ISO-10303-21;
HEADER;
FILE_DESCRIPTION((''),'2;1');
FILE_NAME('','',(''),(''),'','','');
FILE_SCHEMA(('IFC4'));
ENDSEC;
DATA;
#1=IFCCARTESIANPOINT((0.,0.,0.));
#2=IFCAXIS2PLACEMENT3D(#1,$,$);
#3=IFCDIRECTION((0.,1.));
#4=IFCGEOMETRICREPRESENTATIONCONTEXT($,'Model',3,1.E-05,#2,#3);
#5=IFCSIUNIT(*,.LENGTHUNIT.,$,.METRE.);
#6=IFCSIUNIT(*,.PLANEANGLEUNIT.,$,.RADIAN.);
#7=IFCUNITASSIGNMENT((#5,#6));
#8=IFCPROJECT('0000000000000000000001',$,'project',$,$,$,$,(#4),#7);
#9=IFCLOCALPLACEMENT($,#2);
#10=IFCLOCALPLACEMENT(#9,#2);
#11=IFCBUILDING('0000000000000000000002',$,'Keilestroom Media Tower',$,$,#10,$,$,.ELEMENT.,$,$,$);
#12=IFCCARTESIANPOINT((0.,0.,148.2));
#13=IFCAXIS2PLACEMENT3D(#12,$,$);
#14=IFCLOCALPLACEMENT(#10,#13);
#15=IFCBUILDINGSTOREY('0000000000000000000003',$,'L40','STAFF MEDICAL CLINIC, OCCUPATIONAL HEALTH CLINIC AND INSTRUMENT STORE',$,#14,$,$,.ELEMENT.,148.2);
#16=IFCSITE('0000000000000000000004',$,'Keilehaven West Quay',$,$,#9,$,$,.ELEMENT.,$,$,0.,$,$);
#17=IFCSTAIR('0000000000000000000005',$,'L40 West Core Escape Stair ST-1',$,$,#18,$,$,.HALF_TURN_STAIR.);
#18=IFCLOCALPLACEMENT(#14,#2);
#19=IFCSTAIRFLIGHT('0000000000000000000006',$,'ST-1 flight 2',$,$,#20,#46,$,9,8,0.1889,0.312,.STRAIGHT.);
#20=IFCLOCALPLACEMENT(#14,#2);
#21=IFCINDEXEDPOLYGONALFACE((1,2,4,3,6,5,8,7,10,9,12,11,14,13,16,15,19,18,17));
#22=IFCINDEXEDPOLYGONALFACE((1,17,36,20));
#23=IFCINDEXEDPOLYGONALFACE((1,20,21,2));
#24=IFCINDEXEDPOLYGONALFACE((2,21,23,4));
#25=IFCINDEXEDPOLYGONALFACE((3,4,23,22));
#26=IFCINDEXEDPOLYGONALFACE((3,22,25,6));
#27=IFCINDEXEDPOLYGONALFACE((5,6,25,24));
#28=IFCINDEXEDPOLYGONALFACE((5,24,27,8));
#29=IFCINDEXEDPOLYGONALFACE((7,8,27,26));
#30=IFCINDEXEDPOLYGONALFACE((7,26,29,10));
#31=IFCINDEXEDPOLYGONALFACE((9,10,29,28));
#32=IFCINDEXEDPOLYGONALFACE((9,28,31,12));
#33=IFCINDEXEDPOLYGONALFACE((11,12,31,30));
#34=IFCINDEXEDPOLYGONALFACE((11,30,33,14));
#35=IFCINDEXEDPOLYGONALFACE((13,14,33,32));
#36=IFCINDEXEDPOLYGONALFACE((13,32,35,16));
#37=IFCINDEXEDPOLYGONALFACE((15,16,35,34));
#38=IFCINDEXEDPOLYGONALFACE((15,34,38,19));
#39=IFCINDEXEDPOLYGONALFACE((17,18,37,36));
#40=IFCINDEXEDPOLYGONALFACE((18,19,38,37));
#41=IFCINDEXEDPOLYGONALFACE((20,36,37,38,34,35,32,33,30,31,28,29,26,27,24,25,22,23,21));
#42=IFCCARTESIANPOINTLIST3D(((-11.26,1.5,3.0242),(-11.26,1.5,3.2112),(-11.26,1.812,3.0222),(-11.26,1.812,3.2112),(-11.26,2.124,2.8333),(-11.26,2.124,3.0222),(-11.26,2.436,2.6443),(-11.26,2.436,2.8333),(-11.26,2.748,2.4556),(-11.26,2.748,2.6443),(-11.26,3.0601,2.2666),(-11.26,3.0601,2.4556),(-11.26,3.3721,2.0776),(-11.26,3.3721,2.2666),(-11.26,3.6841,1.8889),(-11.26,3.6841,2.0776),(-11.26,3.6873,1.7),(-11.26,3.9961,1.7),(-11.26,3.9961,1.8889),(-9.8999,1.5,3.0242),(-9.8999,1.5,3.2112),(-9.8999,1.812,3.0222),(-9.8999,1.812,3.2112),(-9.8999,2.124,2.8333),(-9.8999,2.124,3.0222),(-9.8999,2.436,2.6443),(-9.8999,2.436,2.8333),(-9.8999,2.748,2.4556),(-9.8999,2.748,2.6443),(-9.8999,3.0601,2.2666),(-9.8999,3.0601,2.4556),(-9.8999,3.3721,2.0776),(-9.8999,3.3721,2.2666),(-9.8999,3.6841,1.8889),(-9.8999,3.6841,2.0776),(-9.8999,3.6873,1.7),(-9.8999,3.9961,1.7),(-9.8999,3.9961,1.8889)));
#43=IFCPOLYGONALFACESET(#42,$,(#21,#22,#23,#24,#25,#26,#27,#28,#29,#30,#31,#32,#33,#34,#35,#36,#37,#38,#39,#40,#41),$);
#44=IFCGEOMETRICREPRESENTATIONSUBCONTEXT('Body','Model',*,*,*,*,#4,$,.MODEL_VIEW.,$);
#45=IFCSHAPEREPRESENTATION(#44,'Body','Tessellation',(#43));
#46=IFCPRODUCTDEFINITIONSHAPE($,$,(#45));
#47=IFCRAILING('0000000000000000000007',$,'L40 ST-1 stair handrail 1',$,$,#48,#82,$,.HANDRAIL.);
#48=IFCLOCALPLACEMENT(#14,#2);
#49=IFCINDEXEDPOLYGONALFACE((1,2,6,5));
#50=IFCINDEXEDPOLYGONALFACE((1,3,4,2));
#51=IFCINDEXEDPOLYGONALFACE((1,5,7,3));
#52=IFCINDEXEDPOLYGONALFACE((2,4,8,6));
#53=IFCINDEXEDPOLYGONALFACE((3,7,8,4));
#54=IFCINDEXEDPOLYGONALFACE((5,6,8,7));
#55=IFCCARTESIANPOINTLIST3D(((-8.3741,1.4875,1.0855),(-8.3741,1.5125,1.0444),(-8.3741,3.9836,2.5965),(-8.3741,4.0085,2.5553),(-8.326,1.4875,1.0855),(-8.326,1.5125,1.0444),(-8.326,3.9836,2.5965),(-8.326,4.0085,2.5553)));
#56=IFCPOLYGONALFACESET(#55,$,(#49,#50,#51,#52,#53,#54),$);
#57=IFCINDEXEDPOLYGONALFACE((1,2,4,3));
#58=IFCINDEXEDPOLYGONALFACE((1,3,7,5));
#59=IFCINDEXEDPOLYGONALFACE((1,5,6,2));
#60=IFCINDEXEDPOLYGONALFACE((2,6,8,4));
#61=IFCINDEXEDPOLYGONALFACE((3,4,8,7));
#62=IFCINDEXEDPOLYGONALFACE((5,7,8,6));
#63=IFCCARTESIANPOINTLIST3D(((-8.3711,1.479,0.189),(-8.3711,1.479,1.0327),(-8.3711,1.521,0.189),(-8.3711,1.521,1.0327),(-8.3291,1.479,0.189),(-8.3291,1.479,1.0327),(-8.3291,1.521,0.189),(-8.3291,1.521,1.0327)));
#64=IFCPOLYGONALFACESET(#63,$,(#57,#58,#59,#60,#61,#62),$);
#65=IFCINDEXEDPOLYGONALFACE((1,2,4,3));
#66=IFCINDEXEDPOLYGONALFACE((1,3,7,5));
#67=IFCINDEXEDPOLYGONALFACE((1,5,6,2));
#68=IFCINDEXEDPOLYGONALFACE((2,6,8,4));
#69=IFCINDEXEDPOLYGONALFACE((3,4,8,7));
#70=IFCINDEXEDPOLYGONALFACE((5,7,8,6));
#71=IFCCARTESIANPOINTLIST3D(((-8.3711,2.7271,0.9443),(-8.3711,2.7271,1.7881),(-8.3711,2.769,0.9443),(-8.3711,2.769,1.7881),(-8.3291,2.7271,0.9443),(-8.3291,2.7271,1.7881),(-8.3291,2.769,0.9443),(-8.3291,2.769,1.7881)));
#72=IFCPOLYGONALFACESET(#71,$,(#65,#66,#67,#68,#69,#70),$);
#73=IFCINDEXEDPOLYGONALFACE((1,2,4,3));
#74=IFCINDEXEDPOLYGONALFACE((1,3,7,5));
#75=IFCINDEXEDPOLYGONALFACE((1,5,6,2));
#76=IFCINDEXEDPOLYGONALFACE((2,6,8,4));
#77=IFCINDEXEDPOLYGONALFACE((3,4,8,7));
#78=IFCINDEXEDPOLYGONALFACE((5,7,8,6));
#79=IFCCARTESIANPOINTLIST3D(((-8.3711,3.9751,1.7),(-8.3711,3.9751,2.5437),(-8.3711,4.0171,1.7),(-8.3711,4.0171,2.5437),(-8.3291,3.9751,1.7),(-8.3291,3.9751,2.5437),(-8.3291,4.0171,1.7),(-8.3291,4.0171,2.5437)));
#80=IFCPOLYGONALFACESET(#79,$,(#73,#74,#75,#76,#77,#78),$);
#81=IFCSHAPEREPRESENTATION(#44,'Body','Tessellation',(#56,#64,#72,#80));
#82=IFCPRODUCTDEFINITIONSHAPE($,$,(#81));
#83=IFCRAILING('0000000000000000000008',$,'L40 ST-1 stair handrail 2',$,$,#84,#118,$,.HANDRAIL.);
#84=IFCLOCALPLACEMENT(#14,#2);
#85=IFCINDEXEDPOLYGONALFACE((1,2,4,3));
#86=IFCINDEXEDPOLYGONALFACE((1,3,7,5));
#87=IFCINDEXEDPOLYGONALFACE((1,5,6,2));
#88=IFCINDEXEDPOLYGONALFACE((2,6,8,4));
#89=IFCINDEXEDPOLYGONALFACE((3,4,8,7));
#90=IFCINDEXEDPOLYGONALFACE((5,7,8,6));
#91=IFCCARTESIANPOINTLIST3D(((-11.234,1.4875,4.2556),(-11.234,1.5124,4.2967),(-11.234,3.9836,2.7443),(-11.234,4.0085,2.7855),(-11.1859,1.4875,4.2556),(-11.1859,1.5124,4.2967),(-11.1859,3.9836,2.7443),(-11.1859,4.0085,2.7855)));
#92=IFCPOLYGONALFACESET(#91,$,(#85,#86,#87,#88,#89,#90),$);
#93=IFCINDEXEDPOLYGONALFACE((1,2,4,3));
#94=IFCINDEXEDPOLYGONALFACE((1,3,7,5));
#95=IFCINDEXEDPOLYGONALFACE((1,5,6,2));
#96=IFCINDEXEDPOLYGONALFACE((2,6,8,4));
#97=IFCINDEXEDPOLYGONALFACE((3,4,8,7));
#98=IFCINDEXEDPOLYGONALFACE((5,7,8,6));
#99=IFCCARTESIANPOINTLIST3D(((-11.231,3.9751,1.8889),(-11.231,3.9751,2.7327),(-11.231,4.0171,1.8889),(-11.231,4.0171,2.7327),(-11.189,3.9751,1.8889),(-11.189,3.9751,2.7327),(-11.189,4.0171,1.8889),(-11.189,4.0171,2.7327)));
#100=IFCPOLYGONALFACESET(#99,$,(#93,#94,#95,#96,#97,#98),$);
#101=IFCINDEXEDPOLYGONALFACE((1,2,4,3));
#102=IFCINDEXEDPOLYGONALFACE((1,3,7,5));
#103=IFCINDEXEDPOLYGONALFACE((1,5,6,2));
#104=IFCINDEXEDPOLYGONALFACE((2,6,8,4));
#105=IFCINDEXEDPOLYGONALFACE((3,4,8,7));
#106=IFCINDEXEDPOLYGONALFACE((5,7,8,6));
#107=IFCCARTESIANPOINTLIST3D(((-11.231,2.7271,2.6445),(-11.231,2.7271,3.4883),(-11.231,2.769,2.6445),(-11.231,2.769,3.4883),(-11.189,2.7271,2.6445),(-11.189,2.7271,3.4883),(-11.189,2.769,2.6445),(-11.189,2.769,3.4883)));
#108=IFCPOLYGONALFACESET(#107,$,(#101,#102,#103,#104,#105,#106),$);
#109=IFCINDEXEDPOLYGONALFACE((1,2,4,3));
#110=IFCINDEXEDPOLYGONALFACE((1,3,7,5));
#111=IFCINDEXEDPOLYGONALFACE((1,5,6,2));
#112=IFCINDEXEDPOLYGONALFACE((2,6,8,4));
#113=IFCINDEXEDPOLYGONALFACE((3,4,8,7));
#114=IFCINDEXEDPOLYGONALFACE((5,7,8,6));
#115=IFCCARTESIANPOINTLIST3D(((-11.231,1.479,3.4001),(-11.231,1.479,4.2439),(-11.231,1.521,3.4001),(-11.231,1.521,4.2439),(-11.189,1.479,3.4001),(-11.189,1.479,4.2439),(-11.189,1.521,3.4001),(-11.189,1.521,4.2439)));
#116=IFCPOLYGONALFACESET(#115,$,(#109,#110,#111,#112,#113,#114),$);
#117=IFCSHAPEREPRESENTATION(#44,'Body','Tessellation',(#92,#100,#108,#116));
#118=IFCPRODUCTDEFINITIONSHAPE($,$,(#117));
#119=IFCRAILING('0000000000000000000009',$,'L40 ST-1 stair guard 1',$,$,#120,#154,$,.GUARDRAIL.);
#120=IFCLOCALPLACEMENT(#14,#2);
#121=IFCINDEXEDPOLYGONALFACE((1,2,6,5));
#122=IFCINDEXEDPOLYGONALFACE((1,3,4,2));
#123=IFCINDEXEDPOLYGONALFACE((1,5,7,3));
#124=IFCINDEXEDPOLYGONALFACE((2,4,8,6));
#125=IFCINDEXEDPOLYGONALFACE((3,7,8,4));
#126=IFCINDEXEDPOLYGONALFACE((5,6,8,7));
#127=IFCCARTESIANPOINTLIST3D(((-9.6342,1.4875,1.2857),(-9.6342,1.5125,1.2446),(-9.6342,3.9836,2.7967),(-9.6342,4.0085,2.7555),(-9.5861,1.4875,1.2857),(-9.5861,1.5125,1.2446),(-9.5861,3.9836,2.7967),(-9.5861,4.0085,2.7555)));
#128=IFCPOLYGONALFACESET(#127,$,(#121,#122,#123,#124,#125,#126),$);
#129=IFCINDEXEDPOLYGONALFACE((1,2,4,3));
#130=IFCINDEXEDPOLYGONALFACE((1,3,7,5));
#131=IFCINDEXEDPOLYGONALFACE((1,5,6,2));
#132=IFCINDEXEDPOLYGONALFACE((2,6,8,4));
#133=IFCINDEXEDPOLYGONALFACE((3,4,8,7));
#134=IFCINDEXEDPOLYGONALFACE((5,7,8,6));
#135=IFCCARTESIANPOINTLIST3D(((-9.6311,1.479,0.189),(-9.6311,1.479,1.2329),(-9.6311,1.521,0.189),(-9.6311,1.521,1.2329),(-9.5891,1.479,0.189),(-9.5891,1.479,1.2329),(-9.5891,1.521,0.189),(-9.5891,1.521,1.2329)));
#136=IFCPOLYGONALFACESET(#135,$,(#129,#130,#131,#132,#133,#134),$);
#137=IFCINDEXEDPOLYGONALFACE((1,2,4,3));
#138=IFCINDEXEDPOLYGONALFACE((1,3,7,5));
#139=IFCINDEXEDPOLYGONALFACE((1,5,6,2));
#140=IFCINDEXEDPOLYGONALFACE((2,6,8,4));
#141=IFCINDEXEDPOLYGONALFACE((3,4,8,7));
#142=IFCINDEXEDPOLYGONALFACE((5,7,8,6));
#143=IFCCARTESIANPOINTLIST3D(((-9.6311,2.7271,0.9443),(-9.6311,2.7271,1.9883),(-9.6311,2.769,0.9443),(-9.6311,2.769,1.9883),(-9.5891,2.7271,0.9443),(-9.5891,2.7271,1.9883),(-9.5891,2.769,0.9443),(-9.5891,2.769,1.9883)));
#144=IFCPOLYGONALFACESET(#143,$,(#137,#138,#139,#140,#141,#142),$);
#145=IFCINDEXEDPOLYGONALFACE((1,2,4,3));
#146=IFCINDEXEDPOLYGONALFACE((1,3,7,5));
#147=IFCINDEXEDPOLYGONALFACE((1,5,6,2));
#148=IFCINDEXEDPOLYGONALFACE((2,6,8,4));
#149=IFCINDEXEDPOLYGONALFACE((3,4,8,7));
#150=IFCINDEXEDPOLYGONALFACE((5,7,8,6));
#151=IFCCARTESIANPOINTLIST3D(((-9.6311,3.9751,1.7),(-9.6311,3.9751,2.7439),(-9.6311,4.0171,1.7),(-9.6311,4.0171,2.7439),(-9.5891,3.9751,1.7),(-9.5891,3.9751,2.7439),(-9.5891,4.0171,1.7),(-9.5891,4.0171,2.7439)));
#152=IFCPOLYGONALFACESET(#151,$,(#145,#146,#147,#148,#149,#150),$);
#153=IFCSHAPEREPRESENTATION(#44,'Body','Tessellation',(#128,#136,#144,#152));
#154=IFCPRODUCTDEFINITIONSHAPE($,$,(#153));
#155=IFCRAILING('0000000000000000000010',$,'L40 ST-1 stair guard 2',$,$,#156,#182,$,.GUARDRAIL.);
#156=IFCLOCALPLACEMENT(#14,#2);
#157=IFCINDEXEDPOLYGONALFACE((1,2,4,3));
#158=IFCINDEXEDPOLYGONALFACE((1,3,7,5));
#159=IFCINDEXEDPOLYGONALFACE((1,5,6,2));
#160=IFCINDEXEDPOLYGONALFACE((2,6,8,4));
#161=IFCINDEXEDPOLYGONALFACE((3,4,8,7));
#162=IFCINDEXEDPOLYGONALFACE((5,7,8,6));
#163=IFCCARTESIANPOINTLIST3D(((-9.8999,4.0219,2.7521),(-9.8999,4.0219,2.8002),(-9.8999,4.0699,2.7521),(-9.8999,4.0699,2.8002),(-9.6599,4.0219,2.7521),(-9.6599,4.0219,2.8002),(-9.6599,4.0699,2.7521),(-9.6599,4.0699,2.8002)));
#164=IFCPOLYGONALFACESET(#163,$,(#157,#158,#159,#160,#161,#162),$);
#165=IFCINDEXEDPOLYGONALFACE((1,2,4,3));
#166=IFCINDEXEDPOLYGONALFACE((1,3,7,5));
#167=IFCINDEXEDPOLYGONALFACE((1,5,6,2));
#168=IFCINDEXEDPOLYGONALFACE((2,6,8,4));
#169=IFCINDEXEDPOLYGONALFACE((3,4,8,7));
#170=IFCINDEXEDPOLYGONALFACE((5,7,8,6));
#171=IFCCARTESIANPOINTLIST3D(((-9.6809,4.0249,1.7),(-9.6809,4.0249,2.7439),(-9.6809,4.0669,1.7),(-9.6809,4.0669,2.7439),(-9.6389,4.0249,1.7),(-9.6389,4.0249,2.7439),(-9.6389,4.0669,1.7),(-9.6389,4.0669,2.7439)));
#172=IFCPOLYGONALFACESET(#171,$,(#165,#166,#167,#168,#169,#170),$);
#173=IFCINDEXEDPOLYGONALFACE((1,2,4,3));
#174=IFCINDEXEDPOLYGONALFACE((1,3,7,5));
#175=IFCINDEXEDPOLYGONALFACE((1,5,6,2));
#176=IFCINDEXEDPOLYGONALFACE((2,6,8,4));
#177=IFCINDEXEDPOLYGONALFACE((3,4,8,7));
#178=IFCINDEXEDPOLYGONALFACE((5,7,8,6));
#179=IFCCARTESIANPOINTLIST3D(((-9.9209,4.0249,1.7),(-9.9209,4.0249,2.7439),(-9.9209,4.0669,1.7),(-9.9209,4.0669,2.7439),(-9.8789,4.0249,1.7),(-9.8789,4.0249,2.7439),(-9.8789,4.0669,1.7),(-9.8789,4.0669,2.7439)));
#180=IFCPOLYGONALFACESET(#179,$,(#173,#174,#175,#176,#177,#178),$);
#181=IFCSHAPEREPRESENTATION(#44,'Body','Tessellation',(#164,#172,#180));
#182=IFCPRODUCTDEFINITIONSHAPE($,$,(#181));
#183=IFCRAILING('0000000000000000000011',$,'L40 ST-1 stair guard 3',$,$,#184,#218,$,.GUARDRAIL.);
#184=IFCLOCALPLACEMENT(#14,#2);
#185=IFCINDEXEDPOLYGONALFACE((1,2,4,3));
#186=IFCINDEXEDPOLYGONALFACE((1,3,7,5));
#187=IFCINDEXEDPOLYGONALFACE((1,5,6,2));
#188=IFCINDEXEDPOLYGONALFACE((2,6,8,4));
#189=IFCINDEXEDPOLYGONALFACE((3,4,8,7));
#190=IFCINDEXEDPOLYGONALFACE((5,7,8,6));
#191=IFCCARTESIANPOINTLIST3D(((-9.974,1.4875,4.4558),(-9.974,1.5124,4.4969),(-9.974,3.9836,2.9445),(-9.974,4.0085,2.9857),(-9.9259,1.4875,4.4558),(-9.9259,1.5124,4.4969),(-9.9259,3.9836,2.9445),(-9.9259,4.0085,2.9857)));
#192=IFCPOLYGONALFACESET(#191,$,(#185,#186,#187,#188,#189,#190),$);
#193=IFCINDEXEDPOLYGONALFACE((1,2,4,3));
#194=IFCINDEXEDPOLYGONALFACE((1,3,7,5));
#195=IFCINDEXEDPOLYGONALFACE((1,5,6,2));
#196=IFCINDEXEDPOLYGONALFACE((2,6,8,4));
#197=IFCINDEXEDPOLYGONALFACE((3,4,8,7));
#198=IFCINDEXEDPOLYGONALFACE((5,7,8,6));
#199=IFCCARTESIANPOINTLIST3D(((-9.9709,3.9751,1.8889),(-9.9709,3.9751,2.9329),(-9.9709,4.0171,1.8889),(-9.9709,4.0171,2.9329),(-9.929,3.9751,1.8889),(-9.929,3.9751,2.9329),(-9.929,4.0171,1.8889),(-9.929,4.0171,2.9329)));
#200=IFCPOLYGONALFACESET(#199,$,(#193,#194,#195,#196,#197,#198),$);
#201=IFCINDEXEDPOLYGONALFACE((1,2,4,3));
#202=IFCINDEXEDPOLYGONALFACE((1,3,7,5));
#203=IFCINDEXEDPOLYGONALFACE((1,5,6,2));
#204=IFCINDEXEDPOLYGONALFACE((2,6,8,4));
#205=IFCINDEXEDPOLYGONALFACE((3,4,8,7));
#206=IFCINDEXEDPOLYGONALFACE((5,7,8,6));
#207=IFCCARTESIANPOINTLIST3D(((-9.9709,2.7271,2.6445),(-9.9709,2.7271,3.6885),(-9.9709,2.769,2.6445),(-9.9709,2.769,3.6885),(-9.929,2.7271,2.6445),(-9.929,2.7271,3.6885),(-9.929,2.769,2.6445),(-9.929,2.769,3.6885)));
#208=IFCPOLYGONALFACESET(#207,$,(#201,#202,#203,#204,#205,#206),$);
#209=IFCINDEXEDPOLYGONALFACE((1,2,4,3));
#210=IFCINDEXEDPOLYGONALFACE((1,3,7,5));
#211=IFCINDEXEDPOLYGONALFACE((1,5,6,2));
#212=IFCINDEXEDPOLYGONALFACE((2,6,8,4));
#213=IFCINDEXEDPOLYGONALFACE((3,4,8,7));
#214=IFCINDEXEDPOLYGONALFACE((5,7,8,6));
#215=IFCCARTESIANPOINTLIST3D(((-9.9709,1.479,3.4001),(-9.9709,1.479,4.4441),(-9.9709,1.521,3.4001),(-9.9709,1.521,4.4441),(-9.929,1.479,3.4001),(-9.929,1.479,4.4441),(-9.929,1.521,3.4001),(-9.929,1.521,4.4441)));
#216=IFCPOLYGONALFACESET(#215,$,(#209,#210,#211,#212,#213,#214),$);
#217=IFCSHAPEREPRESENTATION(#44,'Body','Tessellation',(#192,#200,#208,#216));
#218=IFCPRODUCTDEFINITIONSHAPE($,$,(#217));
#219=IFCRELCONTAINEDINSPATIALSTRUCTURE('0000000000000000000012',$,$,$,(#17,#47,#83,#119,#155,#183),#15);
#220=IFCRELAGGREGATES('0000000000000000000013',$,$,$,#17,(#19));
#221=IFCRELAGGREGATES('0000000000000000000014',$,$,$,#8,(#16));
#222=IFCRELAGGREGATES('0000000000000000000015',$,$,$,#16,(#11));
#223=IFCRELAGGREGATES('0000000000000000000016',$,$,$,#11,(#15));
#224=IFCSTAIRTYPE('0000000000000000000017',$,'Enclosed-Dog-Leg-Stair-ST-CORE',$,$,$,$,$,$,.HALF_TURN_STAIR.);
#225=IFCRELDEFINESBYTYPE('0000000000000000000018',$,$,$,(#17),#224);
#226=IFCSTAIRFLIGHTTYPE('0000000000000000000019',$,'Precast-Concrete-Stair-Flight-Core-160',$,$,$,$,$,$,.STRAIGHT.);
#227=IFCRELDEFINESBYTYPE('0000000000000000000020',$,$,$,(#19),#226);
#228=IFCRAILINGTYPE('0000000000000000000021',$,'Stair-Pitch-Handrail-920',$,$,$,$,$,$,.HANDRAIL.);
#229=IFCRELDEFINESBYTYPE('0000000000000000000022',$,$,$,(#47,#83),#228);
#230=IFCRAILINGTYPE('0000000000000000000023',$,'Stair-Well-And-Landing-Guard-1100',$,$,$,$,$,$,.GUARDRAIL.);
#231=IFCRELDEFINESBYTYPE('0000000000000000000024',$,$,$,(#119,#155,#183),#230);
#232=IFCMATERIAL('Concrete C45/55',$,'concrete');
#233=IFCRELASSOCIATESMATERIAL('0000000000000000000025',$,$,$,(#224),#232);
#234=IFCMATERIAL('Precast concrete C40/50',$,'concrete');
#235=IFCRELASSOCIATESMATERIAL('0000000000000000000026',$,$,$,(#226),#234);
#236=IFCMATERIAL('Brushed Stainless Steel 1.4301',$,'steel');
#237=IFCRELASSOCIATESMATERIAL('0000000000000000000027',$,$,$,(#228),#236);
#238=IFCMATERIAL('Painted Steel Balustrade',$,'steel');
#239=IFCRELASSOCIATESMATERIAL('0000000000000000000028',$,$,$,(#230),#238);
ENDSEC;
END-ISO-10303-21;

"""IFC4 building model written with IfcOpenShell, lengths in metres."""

from ifc_helpers import new_model, si_unit, direction, frame, origin, origin_2d, place, context, subcontext, project, spatial, polyline, rectangle, outline, extrude, material, type_object, element, aggregate, save


model = new_model("IFC4")

# Units and contexts
model_context = context("Model", 3, precision=1e-05, world=origin(), true_north=direction((0.0, 1.0)))
body_context = subcontext(model_context, "Body", "Model", "MODEL_VIEW")
ifc_project = project(units=[si_unit("LENGTHUNIT", "METRE"), si_unit("PLANEANGLEUNIT", "RADIAN")], contexts=[model_context])

# Site, building, storey
site_placement = place(None, origin())
site = spatial("IfcSite", under=ifc_project, at=site_placement, Name="Keilehaven West Quay", CompositionType="ELEMENT", RefElevation=0.0)
building_placement = place(site_placement, origin())
building = spatial("IfcBuilding", under=site, at=building_placement, Name="Keilestroom Media Tower", CompositionType="ELEMENT")
storey_placement = place(building_placement, frame((0.0, 0.0, 148.2)))
storey = spatial("IfcBuildingStorey", under=building, at=storey_placement, Name="L40", Description="STAFF MEDICAL CLINIC, OCCUPATIONAL HEALTH CLINIC AND INSTRUMENT STORE", CompositionType="ELEMENT", Elevation=148.2)

# Stair
ifc_material_1 = material(Name="Concrete C45/55", Category="concrete")
stair_type = type_object("IfcStairType", Name="Enclosed-Dog-Leg-Stair-ST-CORE", PredefinedType="HALF_TURN_STAIR", material=ifc_material_1)
stair_1_placement = place(storey_placement, origin())
stair_1 = element("IfcStair", 1, at=stair_1_placement, inside=storey, type_object=stair_type, Name="L40 West Core Escape Stair ST-1", PredefinedType="HALF_TURN_STAIR")

# Shared definitions
ifc_material_2 = material(Name="Precast concrete C40/50", Category="concrete")

# Stair flight
stair_flight_type = type_object("IfcStairFlightType", Name="Precast-Concrete-Stair-Flight-Core-160", PredefinedType="STRAIGHT", material=ifc_material_2)
stair_flight_1_placement = place(storey_placement, frame((-10.5801, 3.9961, 1.7), z_axis=(0.0, 0.0, 1.0), x_axis=(0.0, -1.0, 0.0)))
stair_flight_1 = element("IfcStairFlight", 2, at=stair_flight_1_placement, type_object=stair_flight_type, Name="ST-1 flight 2", NumberOfRisers=9, NumberOfTreads=8, PredefinedType="STRAIGHT", RiserHeight=0.1889, TreadLength=0.312, context=body_context, shape_type="SweptSolid", body=[
    extrude(outline(polyline([(0.0, 0.0), (0.0, 0.189), (0.312, 0.189), (0.312, 0.3777), (0.624, 0.3777), (0.624, 0.5667), (0.936, 0.5667), (0.936, 0.7556), (1.248, 0.7556), (1.248, 0.9443), (1.5601, 0.9443), (1.5601, 1.1333), (1.8721, 1.1333), (1.8721, 1.3223), (2.1841, 1.3223), (2.1841, 1.5112), (2.4961, 1.5112), (2.4961, 1.7), (2.4961, 1.3242), (0.3088, 0.0), (0.0, 0.0)])), frame((0.0, 0.6802, 0.0), z_axis=(0.0, -1.0, 0.0), x_axis=(1.0, 0.0, 0.0)), (0.0, 0.0, 1.0), 1.3601),
])
aggregate(stair_1, [stair_flight_1])

# Railings
ifc_material_3 = material(Name="Brushed Stainless Steel 1.4301", Category="steel")
railing_type_1 = type_object("IfcRailingType", Name="Stair-Pitch-Handrail-920", PredefinedType="HANDRAIL", material=ifc_material_3)
railing_1_placement = place(storey_placement, frame((-8.3501, 1.5, 0.189)))
element("IfcRailing", 3, at=railing_1_placement, inside=storey, type_object=railing_type_1, Name="L40 ST-1 stair handrail 1", PredefinedType="HANDRAIL", context=body_context, shape_type="SweptSolid", body=[
    extrude(rectangle(XDim=0.0481, YDim=0.0481, at=origin_2d()), frame((0.0, 0.0, 0.876), z_axis=(0.0, 0.855471, 0.517851), x_axis=(-1.0, 0.0, 0.0)), (0.0, 0.0, 1.0), 2.9177),
    extrude(rectangle(XDim=0.042, YDim=0.042, at=origin_2d()), origin(), (0.0, 0.0, 1.0), 0.8438),
    extrude(rectangle(XDim=0.042, YDim=0.042, at=origin_2d()), frame((0.0, 1.248, 0.7554)), (0.0, 0.0, 1.0), 0.8438),
    extrude(rectangle(XDim=0.042, YDim=0.042, at=origin_2d()), frame((0.0, 2.4961, 1.511)), (0.0, 0.0, 1.0), 0.8438),
])
railing_2_placement = place(storey_placement, frame((-11.21, 3.9961, 1.8889)))
element("IfcRailing", 4, at=railing_2_placement, inside=storey, type_object=railing_type_1, Name="L40 ST-1 stair handrail 2", PredefinedType="HANDRAIL", context=body_context, shape_type="SweptSolid", body=[
    extrude(rectangle(XDim=0.0481, YDim=0.0481, at=origin_2d()), frame((0.0, 0.0, 0.876), z_axis=(0.0, -0.855434, 0.517912), x_axis=(1.0, 0.0, 0.0)), (0.0, 0.0, 1.0), 2.918),
    extrude(rectangle(XDim=0.042, YDim=0.042, at=origin_2d()), origin(), (0.0, 0.0, 1.0), 0.8438),
    extrude(rectangle(XDim=0.042, YDim=0.042, at=origin_2d()), frame((0.0, -1.248, 0.7556)), (0.0, 0.0, 1.0), 0.8438),
    extrude(rectangle(XDim=0.042, YDim=0.042, at=origin_2d()), frame((0.0, -2.4961, 1.5112)), (0.0, 0.0, 1.0), 0.8438),
])
ifc_material_4 = material(Name="Painted Steel Balustrade", Category="steel")
railing_type_2 = type_object("IfcRailingType", Name="Stair-Well-And-Landing-Guard-1100", PredefinedType="GUARDRAIL", material=ifc_material_4)
railing_3_placement = place(storey_placement, frame((-9.6101, 1.5, 0.189)))
element("IfcRailing", 5, at=railing_3_placement, inside=storey, type_object=railing_type_2, Name="L40 ST-1 stair guard 1", PredefinedType="GUARDRAIL", context=body_context, shape_type="SweptSolid", body=[
    extrude(rectangle(XDim=0.0481, YDim=0.0481, at=origin_2d()), frame((0.0, 0.0, 1.0762), z_axis=(0.0, 0.855471, 0.517851), x_axis=(-1.0, 0.0, 0.0)), (0.0, 0.0, 1.0), 2.9177),
    extrude(rectangle(XDim=0.042, YDim=0.042, at=origin_2d()), origin(), (0.0, 0.0, 1.0), 1.0439),
    extrude(rectangle(XDim=0.042, YDim=0.042, at=origin_2d()), frame((0.0, 1.248, 0.7554)), (0.0, 0.0, 1.0), 1.0439),
    extrude(rectangle(XDim=0.042, YDim=0.042, at=origin_2d()), frame((0.0, 2.4961, 1.511)), (0.0, 0.0, 1.0), 1.0439),
])
railing_4_placement = place(storey_placement, frame((-9.6599, 4.0459, 1.7)))
element("IfcRailing", 6, at=railing_4_placement, inside=storey, type_object=railing_type_2, Name="L40 ST-1 stair guard 2", PredefinedType="GUARDRAIL", context=body_context, shape_type="SweptSolid", body=[
    extrude(rectangle(XDim=0.0481, YDim=0.0481, at=origin_2d()), frame((0.0, 0.0, 1.0762), z_axis=(-1.0, 0.0, 0.0), x_axis=(0.0, -1.0, 0.0)), (0.0, 0.0, 1.0), 0.24),
    extrude(rectangle(XDim=0.042, YDim=0.042, at=origin_2d()), origin(), (0.0, 0.0, 1.0), 1.0439),
    extrude(rectangle(XDim=0.042, YDim=0.042, at=origin_2d()), frame((-0.24, 0.0, 0.0)), (0.0, 0.0, 1.0), 1.0439),
])
railing_5_placement = place(storey_placement, frame((-9.95, 3.9961, 1.8889)))
element("IfcRailing", 7, at=railing_5_placement, inside=storey, type_object=railing_type_2, Name="L40 ST-1 stair guard 3", PredefinedType="GUARDRAIL", context=body_context, shape_type="SweptSolid", body=[
    extrude(rectangle(XDim=0.0481, YDim=0.0481, at=origin_2d()), frame((0.0, 0.0, 1.0762), z_axis=(0.0, -0.855434, 0.517912), x_axis=(1.0, 0.0, 0.0)), (0.0, 0.0, 1.0), 2.918),
    extrude(rectangle(XDim=0.042, YDim=0.042, at=origin_2d()), origin(), (0.0, 0.0, 1.0), 1.0439),
    extrude(rectangle(XDim=0.042, YDim=0.042, at=origin_2d()), frame((0.0, -1.248, 0.7556)), (0.0, 0.0, 1.0), 1.0439),
    extrude(rectangle(XDim=0.042, YDim=0.042, at=origin_2d()), frame((0.0, -2.4961, 1.5112)), (0.0, 0.0, 1.0), 1.0439),
])

save(model, "model.ifc")
